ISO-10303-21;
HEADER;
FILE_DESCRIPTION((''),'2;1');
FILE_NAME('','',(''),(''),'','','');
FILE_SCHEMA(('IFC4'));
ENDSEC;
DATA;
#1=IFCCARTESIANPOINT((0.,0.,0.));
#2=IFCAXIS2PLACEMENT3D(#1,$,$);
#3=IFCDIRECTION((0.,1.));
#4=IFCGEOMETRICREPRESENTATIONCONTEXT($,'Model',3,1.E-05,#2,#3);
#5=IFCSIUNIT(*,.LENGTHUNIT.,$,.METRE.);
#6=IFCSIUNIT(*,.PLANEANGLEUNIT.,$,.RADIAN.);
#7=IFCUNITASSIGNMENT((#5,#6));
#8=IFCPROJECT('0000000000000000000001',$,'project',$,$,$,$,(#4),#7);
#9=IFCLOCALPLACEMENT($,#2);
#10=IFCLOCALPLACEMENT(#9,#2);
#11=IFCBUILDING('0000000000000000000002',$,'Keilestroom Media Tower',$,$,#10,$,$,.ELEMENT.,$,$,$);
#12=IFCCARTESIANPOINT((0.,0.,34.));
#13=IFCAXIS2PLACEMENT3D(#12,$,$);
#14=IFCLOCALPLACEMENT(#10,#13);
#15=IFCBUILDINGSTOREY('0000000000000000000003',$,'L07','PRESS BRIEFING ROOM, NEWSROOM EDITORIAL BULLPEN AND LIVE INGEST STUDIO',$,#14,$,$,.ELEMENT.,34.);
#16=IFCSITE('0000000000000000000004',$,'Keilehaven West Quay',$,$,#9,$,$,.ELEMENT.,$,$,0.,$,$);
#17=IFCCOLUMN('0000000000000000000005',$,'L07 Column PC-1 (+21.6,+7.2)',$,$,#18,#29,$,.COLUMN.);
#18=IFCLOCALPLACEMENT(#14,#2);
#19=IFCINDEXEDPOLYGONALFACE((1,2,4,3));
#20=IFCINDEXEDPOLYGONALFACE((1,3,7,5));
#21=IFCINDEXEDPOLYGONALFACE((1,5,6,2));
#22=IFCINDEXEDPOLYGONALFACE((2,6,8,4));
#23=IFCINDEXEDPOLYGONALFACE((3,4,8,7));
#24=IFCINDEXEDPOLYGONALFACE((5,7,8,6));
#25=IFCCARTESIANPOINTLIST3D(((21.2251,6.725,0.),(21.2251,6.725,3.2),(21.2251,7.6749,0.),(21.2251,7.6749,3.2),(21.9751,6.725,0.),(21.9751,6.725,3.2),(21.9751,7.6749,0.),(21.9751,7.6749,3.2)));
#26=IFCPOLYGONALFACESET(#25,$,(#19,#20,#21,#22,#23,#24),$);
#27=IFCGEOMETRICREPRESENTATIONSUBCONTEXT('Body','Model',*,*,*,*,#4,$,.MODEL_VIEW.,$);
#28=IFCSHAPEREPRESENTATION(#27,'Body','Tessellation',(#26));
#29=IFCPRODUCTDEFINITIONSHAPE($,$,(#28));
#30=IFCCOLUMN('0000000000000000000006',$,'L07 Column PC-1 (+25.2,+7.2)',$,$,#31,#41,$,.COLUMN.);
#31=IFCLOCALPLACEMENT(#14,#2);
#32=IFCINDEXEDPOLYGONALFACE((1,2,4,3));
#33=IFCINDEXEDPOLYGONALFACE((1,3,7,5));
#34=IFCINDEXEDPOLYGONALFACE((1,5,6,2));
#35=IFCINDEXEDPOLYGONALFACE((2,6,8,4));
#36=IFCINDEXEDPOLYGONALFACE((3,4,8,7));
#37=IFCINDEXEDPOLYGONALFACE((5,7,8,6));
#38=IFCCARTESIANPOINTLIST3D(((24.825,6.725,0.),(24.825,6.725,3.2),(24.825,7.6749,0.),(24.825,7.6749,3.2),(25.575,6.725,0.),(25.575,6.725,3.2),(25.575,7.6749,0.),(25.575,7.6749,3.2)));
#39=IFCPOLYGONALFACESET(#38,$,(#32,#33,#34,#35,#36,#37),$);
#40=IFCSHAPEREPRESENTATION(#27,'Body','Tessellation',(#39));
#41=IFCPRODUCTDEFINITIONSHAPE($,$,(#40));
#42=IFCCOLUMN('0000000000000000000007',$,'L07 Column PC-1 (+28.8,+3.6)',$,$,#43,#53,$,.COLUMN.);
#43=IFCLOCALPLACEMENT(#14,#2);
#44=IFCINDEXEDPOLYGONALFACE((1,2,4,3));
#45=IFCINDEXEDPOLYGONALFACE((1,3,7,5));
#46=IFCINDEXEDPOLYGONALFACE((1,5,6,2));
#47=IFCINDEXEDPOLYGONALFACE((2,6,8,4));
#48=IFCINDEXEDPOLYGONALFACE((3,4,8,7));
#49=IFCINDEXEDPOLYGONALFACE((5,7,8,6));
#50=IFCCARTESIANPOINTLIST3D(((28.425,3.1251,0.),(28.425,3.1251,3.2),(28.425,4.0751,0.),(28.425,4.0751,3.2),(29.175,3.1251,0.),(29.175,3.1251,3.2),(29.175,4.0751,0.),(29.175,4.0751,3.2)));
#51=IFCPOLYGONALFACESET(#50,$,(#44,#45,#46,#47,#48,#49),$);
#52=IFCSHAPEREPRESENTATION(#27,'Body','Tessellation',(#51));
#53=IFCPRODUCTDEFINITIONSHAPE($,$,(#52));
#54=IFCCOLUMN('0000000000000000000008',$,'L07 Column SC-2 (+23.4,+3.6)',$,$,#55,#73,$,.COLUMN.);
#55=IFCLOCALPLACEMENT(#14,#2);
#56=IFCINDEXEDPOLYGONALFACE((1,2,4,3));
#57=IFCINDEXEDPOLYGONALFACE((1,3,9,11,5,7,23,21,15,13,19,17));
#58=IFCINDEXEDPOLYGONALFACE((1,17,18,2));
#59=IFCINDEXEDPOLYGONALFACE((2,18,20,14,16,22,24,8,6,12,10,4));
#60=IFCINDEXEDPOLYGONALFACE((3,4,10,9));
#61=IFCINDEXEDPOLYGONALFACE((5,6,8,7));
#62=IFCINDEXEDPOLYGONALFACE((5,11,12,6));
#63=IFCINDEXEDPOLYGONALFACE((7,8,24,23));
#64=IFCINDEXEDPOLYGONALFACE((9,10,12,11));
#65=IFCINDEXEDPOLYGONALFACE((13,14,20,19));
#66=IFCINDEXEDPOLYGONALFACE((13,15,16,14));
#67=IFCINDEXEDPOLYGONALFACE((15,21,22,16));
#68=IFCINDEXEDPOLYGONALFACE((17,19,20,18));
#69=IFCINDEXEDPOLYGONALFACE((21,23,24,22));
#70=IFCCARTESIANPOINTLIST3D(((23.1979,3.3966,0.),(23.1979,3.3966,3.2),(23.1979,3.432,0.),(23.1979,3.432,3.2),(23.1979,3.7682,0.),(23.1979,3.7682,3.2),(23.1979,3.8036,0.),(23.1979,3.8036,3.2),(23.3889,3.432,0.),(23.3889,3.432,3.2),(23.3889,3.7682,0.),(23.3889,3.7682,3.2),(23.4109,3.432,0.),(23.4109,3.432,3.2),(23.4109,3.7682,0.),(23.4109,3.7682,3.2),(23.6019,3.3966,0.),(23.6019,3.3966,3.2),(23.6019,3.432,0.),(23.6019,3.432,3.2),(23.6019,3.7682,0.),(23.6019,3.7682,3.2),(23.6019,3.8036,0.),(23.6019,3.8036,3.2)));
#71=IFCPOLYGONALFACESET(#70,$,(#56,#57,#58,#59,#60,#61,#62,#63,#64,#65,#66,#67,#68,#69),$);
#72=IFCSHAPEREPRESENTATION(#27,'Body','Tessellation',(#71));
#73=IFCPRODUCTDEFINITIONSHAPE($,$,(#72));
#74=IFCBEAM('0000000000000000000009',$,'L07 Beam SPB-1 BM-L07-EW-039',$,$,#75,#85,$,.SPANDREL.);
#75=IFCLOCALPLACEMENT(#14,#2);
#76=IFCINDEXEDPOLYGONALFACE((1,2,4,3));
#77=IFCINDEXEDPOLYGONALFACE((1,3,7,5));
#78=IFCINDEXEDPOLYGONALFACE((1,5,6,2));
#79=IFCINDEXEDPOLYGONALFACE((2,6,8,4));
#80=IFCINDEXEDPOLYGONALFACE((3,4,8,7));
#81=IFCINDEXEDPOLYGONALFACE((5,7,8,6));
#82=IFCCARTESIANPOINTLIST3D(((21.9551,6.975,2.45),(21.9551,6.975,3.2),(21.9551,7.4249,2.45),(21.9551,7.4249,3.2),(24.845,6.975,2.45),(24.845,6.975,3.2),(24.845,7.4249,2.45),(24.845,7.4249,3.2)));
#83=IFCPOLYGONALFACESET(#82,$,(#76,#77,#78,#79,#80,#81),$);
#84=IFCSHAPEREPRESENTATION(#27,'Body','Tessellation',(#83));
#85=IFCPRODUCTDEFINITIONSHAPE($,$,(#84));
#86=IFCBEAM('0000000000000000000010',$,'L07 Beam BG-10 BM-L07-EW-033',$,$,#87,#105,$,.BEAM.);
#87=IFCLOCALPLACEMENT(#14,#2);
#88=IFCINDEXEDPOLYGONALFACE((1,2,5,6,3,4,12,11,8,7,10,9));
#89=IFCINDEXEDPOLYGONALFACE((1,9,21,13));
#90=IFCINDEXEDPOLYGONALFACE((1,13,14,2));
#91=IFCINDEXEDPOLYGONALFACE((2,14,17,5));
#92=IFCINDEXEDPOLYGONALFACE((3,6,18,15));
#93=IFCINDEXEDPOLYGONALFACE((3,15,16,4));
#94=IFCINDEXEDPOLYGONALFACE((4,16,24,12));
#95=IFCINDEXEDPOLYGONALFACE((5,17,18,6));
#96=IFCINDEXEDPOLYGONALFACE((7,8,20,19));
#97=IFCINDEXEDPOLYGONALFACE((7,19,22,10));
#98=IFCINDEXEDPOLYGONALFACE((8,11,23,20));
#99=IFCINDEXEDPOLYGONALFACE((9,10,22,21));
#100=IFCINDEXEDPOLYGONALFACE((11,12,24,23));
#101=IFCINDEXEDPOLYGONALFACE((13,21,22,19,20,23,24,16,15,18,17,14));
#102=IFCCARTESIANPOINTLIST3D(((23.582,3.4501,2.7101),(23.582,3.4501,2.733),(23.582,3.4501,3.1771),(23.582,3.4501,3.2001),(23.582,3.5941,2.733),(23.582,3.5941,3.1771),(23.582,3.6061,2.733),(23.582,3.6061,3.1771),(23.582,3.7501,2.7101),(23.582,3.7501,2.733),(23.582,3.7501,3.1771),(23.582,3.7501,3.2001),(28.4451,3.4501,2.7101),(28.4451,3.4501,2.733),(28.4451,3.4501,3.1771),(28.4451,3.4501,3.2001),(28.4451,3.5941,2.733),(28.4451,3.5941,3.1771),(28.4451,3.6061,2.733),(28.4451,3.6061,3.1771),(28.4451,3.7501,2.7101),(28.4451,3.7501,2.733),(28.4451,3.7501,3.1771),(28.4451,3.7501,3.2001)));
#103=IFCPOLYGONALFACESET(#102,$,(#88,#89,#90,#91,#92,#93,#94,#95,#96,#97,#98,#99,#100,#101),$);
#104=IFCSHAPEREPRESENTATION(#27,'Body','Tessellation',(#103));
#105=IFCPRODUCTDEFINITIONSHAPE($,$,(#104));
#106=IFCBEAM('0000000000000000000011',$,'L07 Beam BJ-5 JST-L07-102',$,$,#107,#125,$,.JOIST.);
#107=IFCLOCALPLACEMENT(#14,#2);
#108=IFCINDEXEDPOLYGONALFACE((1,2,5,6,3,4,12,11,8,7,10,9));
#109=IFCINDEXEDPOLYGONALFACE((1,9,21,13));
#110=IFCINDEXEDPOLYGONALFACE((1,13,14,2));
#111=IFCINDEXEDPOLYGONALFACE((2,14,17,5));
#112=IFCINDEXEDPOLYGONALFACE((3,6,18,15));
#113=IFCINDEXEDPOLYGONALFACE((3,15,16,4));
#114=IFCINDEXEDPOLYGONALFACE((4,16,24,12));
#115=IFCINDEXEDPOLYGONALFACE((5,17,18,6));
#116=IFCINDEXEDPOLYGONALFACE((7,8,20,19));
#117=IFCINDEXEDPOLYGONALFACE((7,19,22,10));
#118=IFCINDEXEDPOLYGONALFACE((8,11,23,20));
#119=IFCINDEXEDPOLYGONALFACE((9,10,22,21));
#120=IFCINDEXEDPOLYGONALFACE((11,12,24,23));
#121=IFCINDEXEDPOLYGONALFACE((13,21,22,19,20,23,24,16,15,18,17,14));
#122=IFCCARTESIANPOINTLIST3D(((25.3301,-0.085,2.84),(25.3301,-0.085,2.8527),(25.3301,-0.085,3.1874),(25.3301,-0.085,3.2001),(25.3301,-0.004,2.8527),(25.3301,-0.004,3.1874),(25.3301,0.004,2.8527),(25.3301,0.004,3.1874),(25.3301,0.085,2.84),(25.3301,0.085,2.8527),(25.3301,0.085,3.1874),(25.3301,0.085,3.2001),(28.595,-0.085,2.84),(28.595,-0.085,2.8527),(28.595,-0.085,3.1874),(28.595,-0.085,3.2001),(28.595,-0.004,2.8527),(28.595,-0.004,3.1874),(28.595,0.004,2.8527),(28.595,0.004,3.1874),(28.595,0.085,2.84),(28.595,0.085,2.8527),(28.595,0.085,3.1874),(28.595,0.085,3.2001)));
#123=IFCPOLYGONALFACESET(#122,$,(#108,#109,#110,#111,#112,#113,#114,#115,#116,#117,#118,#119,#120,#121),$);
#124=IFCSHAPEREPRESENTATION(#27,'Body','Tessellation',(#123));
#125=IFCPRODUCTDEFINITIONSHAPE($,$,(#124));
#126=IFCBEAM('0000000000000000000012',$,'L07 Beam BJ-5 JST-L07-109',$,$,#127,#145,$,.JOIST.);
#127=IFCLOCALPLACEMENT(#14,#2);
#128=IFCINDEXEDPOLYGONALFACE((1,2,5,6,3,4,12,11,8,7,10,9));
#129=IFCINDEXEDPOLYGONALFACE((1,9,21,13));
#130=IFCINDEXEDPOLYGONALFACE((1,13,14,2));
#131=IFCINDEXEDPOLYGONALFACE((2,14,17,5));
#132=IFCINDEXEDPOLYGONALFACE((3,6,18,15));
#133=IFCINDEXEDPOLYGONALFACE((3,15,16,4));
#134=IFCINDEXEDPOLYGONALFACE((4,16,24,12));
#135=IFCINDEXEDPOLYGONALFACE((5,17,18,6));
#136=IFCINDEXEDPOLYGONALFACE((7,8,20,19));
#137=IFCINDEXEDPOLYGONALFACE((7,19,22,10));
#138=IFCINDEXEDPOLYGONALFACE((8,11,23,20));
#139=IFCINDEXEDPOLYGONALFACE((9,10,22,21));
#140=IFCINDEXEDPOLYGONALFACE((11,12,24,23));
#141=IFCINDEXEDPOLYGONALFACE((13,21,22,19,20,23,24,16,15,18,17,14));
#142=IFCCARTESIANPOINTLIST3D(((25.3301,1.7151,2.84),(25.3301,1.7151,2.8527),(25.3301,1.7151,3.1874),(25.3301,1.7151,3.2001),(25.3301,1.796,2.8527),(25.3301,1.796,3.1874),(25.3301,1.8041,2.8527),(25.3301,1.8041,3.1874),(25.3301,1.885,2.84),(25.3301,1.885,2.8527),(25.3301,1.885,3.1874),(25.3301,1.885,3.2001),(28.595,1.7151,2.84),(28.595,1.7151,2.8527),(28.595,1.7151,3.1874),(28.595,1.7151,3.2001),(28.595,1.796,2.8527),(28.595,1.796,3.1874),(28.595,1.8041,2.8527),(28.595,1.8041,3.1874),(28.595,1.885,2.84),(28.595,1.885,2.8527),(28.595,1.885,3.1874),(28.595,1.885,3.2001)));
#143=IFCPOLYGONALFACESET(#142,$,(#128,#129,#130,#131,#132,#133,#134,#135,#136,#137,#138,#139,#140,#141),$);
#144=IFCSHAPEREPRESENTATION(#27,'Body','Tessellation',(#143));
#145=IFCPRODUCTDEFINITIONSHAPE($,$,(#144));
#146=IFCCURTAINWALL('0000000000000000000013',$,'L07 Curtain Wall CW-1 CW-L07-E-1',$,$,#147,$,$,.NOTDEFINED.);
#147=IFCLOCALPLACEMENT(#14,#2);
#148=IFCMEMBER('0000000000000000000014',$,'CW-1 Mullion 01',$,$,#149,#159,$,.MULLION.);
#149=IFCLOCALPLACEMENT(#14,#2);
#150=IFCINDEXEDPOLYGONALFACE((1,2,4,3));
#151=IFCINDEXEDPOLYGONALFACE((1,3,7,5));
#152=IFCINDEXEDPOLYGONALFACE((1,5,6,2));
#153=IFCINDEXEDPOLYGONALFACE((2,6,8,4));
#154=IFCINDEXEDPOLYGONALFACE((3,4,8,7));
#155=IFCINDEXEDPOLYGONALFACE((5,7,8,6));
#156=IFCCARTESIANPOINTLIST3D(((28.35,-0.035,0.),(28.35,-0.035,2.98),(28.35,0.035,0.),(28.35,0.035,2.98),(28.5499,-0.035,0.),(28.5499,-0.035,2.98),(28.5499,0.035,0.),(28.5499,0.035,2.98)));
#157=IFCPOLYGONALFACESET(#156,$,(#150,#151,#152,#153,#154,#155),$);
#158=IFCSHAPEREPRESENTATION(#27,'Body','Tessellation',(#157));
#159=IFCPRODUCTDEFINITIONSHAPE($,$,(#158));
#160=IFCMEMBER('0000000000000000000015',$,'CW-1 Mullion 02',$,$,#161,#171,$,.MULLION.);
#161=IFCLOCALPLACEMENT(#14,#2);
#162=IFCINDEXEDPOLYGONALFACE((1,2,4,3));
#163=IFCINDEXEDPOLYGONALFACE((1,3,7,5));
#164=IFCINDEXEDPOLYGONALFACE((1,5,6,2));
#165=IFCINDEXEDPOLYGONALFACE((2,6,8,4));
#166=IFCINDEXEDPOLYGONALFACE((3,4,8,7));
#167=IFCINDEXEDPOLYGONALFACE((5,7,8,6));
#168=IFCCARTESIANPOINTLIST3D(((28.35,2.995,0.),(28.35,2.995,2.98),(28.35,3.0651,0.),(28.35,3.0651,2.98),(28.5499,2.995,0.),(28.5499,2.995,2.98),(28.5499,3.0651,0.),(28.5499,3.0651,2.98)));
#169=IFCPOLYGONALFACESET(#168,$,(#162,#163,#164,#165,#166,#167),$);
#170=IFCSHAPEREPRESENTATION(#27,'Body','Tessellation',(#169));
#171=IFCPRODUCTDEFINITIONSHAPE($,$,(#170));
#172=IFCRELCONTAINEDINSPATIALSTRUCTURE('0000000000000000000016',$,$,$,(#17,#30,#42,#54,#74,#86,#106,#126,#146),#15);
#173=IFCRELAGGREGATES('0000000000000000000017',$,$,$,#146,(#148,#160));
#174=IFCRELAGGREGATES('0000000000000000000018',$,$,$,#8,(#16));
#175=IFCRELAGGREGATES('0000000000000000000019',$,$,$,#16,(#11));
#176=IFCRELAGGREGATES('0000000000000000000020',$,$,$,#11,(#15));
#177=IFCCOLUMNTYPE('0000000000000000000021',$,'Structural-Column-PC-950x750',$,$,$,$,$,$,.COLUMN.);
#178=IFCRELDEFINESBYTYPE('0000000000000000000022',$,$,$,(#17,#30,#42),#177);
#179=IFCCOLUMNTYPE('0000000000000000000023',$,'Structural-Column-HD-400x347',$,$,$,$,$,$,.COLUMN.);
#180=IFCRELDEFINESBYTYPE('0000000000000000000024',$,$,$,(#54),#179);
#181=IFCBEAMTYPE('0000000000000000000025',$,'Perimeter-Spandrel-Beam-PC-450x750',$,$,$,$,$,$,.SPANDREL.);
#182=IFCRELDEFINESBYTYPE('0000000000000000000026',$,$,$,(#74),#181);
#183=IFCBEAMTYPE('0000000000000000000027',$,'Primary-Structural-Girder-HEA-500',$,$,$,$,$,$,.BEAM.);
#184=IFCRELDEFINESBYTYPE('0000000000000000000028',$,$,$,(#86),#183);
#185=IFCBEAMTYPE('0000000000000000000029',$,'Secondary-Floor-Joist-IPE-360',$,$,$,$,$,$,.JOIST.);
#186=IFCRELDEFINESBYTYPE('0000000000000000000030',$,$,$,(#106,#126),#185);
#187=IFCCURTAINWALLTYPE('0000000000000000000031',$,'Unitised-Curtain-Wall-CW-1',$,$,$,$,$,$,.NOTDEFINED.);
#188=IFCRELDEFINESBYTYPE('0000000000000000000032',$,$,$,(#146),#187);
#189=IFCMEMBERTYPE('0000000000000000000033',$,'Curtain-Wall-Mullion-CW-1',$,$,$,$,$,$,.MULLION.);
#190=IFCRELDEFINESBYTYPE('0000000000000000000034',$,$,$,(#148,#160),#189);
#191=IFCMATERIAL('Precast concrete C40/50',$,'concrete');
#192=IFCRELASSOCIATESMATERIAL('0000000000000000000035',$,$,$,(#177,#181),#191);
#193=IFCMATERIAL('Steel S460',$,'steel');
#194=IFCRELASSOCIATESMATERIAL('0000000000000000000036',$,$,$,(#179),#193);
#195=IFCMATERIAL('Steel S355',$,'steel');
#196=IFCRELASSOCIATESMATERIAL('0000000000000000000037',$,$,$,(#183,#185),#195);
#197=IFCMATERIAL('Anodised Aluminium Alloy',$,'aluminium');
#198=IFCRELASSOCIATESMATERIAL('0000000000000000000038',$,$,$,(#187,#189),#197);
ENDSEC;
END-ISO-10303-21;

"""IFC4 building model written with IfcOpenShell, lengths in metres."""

from ifc_helpers import new_model, si_unit, direction, frame, origin, origin_2d, place, context, subcontext, project, spatial, rectangle, i_section, extrude, source, transform, mapped, material, material_profile, profile_set, type_object, element, aggregate, save


model = new_model("IFC4")

# Units and contexts
model_context = context("Model", 3, precision=1e-05, world=origin(), true_north=direction((0.0, 1.0)))
body_context = subcontext(model_context, "Body", "Model", "MODEL_VIEW")
ifc_project = project(units=[si_unit("LENGTHUNIT", "METRE"), si_unit("PLANEANGLEUNIT", "RADIAN")], contexts=[model_context])

# Site, building, storey
site_placement = place(None, origin())
site = spatial("IfcSite", under=ifc_project, at=site_placement, Name="Keilehaven West Quay", CompositionType="ELEMENT", RefElevation=0.0)
building_placement = place(site_placement, origin())
building = spatial("IfcBuilding", under=site, at=building_placement, Name="Keilestroom Media Tower", CompositionType="ELEMENT")
storey_placement = place(building_placement, frame((0.0, 0.0, 34.0)))
storey = spatial("IfcBuildingStorey", under=building, at=storey_placement, Name="L07", Description="PRESS BRIEFING ROOM, NEWSROOM EDITORIAL BULLPEN AND LIVE INGEST STUDIO", CompositionType="ELEMENT", Elevation=34.0)

# Columns
ifc_material_1 = material(Name="Precast concrete C40/50", Category="concrete")
ifc_material_profile_1 = material_profile(ifc_material_1, rectangle(XDim=0.75, YDim=0.95, at=origin_2d()), Name="PC 950x750")
ifc_profile_set_1 = profile_set([ifc_material_profile_1], Name="Precast concrete C40/50")
column_type_1 = type_object("IfcColumnType", Name="Structural-Column-PC-950x750", PredefinedType="COLUMN", material=ifc_profile_set_1)
shared_shape_1 = source(origin(), body_context, "Body", "SweptSolid", [
    extrude(rectangle(XDim=0.75, YDim=0.95, at=origin_2d()), origin(), (0.0, 0.0, 1.0), 3.2),
])
for number, where, z_axis, x_axis, name in (
    (1, (21.6001, 7.2, 0.0), (0.0, 0.0, 1.0), (1.0, 0.0, 0.0), "L07 Column PC-1 (+21.6,+7.2)"),
    (2, (25.2, 7.2, 0.0), (0.0, 0.0, 1.0), (1.0, 0.0, 0.0), "L07 Column PC-1 (+25.2,+7.2)"),
    (3, (28.8, 3.6001, 0.0), (0.0, 0.0, 1.0), (1.0, 0.0, 0.0), "L07 Column PC-1 (+28.8,+3.6)"),
):
    element("IfcColumn", number, at=place(storey_placement, frame(where, z_axis=z_axis, x_axis=x_axis)), inside=storey, type_object=column_type_1, Name=name, PredefinedType="COLUMN", context=body_context, shape_type="MappedRepresentation", body=[
        mapped(shared_shape_1, transform((0.0, 0.0, 0.0), x_axis=(1.0, 0.0, 0.0), y_axis=(0.0, 1.0, 0.0), z_axis=(0.0, 0.0, 1.0), scale=1.0)),
    ])
ifc_material_2 = material(Name="Steel S460", Category="steel")
ifc_material_profile_2 = material_profile(ifc_material_2, i_section(OverallWidth=0.4041, OverallDepth=0.407, WebThickness=0.022, FlangeThickness=0.0354, at=origin_2d()), Name="HD 400x347")
ifc_profile_set_2 = profile_set([ifc_material_profile_2], Name="Steel S460")
column_type_2 = type_object("IfcColumnType", Name="Structural-Column-HD-400x347", PredefinedType="COLUMN", material=ifc_profile_set_2)
shared_shape_2 = source(origin(), body_context, "Body", "SweptSolid", [
    extrude(i_section(OverallWidth=0.4041, OverallDepth=0.407, WebThickness=0.022, FlangeThickness=0.0354, at=origin_2d()), origin(), (0.0, 0.0, 1.0), 3.2),
])
column_placement = place(storey_placement, frame((23.3999, 3.6001, 0.0), z_axis=(0.0, 0.0, 1.0), x_axis=(1.0, 0.0, 0.0)))
element("IfcColumn", 4, at=column_placement, inside=storey, type_object=column_type_2, Name="L07 Column SC-2 (+23.4,+3.6)", PredefinedType="COLUMN", context=body_context, shape_type="MappedRepresentation", body=[
    mapped(shared_shape_2, transform((0.0, 0.0, 0.0), x_axis=(1.0, 0.0, 0.0), y_axis=(0.0, 1.0, 0.0), z_axis=(0.0, 0.0, 1.0), scale=1.0)),
])

# Beams
ifc_material_profile_3 = material_profile(ifc_material_1, rectangle(XDim=0.45, YDim=0.75, at=origin_2d()), Name="PC 450x750")
ifc_profile_set_3 = profile_set([ifc_material_profile_3], Name="Precast concrete C40/50")
beam_type_1 = type_object("IfcBeamType", Name="Perimeter-Spandrel-Beam-PC-450x750", PredefinedType="SPANDREL", material=ifc_profile_set_3)
shared_shape_3 = source(origin(), body_context, "Body", "SweptSolid", [
    extrude(rectangle(XDim=0.45, YDim=0.75, at=origin_2d()), origin(), (0.0, 0.0, 1.0), 2.8899),
])
beam_1_placement = place(storey_placement, frame((21.9551, 7.2, 2.825), z_axis=(1.0, 0.0, 0.0), x_axis=(0.0, 1.0, 0.0)))
element("IfcBeam", 5, at=beam_1_placement, inside=storey, type_object=beam_type_1, Name="L07 Beam SPB-1 BM-L07-EW-039", PredefinedType="SPANDREL", context=body_context, shape_type="MappedRepresentation", body=[
    mapped(shared_shape_3, transform((0.0, 0.0, 0.0), x_axis=(1.0, 0.0, 0.0), y_axis=(0.0, 1.0, 0.0), z_axis=(0.0, 0.0, 1.0), scale=1.0)),
])
ifc_material_3 = material(Name="Steel S355", Category="steel")
ifc_material_profile_4 = material_profile(ifc_material_3, i_section(OverallWidth=0.3, OverallDepth=0.49, WebThickness=0.012, FlangeThickness=0.0229, at=origin_2d()), Name="HEA 500")
ifc_profile_set_4 = profile_set([ifc_material_profile_4], Name="Steel S355")
beam_type_2 = type_object("IfcBeamType", Name="Primary-Structural-Girder-HEA-500", PredefinedType="BEAM", material=ifc_profile_set_4)
shared_shape_4 = source(origin(), body_context, "Body", "SweptSolid", [
    extrude(i_section(OverallWidth=0.3, OverallDepth=0.49, WebThickness=0.012, FlangeThickness=0.0229, at=origin_2d()), origin(), (0.0, 0.0, 1.0), 4.863),
])
beam_2_placement = place(storey_placement, frame((23.582, 3.6001, 2.9551), z_axis=(1.0, 0.0, 0.0), x_axis=(0.0, 1.0, 0.0)))
element("IfcBeam", 6, at=beam_2_placement, inside=storey, type_object=beam_type_2, Name="L07 Beam BG-10 BM-L07-EW-033", PredefinedType="BEAM", context=body_context, shape_type="MappedRepresentation", body=[
    mapped(shared_shape_4, transform((0.0, 0.0, 0.0), x_axis=(1.0, 0.0, 0.0), y_axis=(0.0, 1.0, 0.0), z_axis=(0.0, 0.0, 1.0), scale=1.0)),
])
ifc_material_profile_5 = material_profile(ifc_material_3, i_section(OverallWidth=0.1699, OverallDepth=0.3601, WebThickness=0.0081, FlangeThickness=0.0127, at=origin_2d()), Name="IPE 360")
ifc_profile_set_5 = profile_set([ifc_material_profile_5], Name="Steel S355")
beam_type_3 = type_object("IfcBeamType", Name="Secondary-Floor-Joist-IPE-360", PredefinedType="JOIST", material=ifc_profile_set_5)
shared_shape_5 = source(origin(), body_context, "Body", "SweptSolid", [
    extrude(i_section(OverallWidth=0.1699, OverallDepth=0.3601, WebThickness=0.0081, FlangeThickness=0.0127, at=origin_2d()), origin(), (0.0, 0.0, 1.0), 3.2649),
])
for number, where, z_axis, x_axis, name in (
    (7, (25.3301, 0.0, 3.02), (1.0, 0.0, 0.0), (0.0, 1.0, 0.0), "L07 Beam BJ-5 JST-L07-102"),
    (8, (25.3301, 1.8, 3.02), (1.0, 0.0, 0.0), (0.0, 1.0, 0.0), "L07 Beam BJ-5 JST-L07-109"),
):
    element("IfcBeam", number, at=place(storey_placement, frame(where, z_axis=z_axis, x_axis=x_axis)), inside=storey, type_object=beam_type_3, Name=name, PredefinedType="JOIST", context=body_context, shape_type="MappedRepresentation", body=[
        mapped(shared_shape_5, transform((0.0, 0.0, 0.0), x_axis=(1.0, 0.0, 0.0), y_axis=(0.0, 1.0, 0.0), z_axis=(0.0, 0.0, 1.0), scale=1.0)),
    ])

# Curtain wall, members
ifc_material_4 = material(Name="Anodised Aluminium Alloy", Category="aluminium")
curtain_wall_type = type_object("IfcCurtainWallType", Name="Unitised-Curtain-Wall-CW-1", PredefinedType="NOTDEFINED", material=ifc_material_4)
curtain_wall_placement = place(storey_placement, origin())
curtain_wall = element("IfcCurtainWall", 9, at=curtain_wall_placement, inside=storey, type_object=curtain_wall_type, Name="L07 Curtain Wall CW-1 CW-L07-E-1", PredefinedType="NOTDEFINED")
ifc_material_profile_6 = material_profile(ifc_material_4, rectangle(XDim=0.0701, YDim=0.2, at=origin_2d()), Name="ALU MULLION 70x200")
ifc_profile_set_6 = profile_set([ifc_material_profile_6], Name="Anodised Aluminium Alloy")
member_type_1 = type_object("IfcMemberType", Name="Curtain-Wall-Mullion-CW-1", PredefinedType="MULLION", material=ifc_profile_set_6)
shared_shape_6 = source(origin(), body_context, "Body", "SweptSolid", [
    extrude(rectangle(XDim=0.0701, YDim=0.2, at=origin_2d()), origin(), (0.0, 0.0, 1.0), 2.98),
])
member_1_placement = place(storey_placement, frame((28.45, 0.0, 0.0), z_axis=(0.0, 0.0, 1.0), x_axis=(0.0, 1.0, 0.0)))
member_1 = element("IfcMember", 10, at=member_1_placement, type_object=member_type_1, Name="CW-1 Mullion 01", PredefinedType="MULLION", context=body_context, shape_type="MappedRepresentation", body=[
    mapped(shared_shape_6, transform((0.0, 0.0, 0.0), x_axis=(1.0, 0.0, 0.0), y_axis=(0.0, 1.0, 0.0), z_axis=(0.0, 0.0, 1.0), scale=1.0)),
])
member_2_placement = place(storey_placement, frame((28.45, 3.03, 0.0), z_axis=(0.0, 0.0, 1.0), x_axis=(0.0, 1.0, 0.0)))
member_2 = element("IfcMember", 11, at=member_2_placement, type_object=member_type_1, Name="CW-1 Mullion 02", PredefinedType="MULLION", context=body_context, shape_type="MappedRepresentation", body=[
    mapped(shared_shape_6, transform((0.0, 0.0, 0.0), x_axis=(1.0, 0.0, 0.0), y_axis=(0.0, 1.0, 0.0), z_axis=(0.0, 0.0, 1.0), scale=1.0)),
])
aggregate(curtain_wall, [member_1, member_2])

save(model, "model.ifc")
